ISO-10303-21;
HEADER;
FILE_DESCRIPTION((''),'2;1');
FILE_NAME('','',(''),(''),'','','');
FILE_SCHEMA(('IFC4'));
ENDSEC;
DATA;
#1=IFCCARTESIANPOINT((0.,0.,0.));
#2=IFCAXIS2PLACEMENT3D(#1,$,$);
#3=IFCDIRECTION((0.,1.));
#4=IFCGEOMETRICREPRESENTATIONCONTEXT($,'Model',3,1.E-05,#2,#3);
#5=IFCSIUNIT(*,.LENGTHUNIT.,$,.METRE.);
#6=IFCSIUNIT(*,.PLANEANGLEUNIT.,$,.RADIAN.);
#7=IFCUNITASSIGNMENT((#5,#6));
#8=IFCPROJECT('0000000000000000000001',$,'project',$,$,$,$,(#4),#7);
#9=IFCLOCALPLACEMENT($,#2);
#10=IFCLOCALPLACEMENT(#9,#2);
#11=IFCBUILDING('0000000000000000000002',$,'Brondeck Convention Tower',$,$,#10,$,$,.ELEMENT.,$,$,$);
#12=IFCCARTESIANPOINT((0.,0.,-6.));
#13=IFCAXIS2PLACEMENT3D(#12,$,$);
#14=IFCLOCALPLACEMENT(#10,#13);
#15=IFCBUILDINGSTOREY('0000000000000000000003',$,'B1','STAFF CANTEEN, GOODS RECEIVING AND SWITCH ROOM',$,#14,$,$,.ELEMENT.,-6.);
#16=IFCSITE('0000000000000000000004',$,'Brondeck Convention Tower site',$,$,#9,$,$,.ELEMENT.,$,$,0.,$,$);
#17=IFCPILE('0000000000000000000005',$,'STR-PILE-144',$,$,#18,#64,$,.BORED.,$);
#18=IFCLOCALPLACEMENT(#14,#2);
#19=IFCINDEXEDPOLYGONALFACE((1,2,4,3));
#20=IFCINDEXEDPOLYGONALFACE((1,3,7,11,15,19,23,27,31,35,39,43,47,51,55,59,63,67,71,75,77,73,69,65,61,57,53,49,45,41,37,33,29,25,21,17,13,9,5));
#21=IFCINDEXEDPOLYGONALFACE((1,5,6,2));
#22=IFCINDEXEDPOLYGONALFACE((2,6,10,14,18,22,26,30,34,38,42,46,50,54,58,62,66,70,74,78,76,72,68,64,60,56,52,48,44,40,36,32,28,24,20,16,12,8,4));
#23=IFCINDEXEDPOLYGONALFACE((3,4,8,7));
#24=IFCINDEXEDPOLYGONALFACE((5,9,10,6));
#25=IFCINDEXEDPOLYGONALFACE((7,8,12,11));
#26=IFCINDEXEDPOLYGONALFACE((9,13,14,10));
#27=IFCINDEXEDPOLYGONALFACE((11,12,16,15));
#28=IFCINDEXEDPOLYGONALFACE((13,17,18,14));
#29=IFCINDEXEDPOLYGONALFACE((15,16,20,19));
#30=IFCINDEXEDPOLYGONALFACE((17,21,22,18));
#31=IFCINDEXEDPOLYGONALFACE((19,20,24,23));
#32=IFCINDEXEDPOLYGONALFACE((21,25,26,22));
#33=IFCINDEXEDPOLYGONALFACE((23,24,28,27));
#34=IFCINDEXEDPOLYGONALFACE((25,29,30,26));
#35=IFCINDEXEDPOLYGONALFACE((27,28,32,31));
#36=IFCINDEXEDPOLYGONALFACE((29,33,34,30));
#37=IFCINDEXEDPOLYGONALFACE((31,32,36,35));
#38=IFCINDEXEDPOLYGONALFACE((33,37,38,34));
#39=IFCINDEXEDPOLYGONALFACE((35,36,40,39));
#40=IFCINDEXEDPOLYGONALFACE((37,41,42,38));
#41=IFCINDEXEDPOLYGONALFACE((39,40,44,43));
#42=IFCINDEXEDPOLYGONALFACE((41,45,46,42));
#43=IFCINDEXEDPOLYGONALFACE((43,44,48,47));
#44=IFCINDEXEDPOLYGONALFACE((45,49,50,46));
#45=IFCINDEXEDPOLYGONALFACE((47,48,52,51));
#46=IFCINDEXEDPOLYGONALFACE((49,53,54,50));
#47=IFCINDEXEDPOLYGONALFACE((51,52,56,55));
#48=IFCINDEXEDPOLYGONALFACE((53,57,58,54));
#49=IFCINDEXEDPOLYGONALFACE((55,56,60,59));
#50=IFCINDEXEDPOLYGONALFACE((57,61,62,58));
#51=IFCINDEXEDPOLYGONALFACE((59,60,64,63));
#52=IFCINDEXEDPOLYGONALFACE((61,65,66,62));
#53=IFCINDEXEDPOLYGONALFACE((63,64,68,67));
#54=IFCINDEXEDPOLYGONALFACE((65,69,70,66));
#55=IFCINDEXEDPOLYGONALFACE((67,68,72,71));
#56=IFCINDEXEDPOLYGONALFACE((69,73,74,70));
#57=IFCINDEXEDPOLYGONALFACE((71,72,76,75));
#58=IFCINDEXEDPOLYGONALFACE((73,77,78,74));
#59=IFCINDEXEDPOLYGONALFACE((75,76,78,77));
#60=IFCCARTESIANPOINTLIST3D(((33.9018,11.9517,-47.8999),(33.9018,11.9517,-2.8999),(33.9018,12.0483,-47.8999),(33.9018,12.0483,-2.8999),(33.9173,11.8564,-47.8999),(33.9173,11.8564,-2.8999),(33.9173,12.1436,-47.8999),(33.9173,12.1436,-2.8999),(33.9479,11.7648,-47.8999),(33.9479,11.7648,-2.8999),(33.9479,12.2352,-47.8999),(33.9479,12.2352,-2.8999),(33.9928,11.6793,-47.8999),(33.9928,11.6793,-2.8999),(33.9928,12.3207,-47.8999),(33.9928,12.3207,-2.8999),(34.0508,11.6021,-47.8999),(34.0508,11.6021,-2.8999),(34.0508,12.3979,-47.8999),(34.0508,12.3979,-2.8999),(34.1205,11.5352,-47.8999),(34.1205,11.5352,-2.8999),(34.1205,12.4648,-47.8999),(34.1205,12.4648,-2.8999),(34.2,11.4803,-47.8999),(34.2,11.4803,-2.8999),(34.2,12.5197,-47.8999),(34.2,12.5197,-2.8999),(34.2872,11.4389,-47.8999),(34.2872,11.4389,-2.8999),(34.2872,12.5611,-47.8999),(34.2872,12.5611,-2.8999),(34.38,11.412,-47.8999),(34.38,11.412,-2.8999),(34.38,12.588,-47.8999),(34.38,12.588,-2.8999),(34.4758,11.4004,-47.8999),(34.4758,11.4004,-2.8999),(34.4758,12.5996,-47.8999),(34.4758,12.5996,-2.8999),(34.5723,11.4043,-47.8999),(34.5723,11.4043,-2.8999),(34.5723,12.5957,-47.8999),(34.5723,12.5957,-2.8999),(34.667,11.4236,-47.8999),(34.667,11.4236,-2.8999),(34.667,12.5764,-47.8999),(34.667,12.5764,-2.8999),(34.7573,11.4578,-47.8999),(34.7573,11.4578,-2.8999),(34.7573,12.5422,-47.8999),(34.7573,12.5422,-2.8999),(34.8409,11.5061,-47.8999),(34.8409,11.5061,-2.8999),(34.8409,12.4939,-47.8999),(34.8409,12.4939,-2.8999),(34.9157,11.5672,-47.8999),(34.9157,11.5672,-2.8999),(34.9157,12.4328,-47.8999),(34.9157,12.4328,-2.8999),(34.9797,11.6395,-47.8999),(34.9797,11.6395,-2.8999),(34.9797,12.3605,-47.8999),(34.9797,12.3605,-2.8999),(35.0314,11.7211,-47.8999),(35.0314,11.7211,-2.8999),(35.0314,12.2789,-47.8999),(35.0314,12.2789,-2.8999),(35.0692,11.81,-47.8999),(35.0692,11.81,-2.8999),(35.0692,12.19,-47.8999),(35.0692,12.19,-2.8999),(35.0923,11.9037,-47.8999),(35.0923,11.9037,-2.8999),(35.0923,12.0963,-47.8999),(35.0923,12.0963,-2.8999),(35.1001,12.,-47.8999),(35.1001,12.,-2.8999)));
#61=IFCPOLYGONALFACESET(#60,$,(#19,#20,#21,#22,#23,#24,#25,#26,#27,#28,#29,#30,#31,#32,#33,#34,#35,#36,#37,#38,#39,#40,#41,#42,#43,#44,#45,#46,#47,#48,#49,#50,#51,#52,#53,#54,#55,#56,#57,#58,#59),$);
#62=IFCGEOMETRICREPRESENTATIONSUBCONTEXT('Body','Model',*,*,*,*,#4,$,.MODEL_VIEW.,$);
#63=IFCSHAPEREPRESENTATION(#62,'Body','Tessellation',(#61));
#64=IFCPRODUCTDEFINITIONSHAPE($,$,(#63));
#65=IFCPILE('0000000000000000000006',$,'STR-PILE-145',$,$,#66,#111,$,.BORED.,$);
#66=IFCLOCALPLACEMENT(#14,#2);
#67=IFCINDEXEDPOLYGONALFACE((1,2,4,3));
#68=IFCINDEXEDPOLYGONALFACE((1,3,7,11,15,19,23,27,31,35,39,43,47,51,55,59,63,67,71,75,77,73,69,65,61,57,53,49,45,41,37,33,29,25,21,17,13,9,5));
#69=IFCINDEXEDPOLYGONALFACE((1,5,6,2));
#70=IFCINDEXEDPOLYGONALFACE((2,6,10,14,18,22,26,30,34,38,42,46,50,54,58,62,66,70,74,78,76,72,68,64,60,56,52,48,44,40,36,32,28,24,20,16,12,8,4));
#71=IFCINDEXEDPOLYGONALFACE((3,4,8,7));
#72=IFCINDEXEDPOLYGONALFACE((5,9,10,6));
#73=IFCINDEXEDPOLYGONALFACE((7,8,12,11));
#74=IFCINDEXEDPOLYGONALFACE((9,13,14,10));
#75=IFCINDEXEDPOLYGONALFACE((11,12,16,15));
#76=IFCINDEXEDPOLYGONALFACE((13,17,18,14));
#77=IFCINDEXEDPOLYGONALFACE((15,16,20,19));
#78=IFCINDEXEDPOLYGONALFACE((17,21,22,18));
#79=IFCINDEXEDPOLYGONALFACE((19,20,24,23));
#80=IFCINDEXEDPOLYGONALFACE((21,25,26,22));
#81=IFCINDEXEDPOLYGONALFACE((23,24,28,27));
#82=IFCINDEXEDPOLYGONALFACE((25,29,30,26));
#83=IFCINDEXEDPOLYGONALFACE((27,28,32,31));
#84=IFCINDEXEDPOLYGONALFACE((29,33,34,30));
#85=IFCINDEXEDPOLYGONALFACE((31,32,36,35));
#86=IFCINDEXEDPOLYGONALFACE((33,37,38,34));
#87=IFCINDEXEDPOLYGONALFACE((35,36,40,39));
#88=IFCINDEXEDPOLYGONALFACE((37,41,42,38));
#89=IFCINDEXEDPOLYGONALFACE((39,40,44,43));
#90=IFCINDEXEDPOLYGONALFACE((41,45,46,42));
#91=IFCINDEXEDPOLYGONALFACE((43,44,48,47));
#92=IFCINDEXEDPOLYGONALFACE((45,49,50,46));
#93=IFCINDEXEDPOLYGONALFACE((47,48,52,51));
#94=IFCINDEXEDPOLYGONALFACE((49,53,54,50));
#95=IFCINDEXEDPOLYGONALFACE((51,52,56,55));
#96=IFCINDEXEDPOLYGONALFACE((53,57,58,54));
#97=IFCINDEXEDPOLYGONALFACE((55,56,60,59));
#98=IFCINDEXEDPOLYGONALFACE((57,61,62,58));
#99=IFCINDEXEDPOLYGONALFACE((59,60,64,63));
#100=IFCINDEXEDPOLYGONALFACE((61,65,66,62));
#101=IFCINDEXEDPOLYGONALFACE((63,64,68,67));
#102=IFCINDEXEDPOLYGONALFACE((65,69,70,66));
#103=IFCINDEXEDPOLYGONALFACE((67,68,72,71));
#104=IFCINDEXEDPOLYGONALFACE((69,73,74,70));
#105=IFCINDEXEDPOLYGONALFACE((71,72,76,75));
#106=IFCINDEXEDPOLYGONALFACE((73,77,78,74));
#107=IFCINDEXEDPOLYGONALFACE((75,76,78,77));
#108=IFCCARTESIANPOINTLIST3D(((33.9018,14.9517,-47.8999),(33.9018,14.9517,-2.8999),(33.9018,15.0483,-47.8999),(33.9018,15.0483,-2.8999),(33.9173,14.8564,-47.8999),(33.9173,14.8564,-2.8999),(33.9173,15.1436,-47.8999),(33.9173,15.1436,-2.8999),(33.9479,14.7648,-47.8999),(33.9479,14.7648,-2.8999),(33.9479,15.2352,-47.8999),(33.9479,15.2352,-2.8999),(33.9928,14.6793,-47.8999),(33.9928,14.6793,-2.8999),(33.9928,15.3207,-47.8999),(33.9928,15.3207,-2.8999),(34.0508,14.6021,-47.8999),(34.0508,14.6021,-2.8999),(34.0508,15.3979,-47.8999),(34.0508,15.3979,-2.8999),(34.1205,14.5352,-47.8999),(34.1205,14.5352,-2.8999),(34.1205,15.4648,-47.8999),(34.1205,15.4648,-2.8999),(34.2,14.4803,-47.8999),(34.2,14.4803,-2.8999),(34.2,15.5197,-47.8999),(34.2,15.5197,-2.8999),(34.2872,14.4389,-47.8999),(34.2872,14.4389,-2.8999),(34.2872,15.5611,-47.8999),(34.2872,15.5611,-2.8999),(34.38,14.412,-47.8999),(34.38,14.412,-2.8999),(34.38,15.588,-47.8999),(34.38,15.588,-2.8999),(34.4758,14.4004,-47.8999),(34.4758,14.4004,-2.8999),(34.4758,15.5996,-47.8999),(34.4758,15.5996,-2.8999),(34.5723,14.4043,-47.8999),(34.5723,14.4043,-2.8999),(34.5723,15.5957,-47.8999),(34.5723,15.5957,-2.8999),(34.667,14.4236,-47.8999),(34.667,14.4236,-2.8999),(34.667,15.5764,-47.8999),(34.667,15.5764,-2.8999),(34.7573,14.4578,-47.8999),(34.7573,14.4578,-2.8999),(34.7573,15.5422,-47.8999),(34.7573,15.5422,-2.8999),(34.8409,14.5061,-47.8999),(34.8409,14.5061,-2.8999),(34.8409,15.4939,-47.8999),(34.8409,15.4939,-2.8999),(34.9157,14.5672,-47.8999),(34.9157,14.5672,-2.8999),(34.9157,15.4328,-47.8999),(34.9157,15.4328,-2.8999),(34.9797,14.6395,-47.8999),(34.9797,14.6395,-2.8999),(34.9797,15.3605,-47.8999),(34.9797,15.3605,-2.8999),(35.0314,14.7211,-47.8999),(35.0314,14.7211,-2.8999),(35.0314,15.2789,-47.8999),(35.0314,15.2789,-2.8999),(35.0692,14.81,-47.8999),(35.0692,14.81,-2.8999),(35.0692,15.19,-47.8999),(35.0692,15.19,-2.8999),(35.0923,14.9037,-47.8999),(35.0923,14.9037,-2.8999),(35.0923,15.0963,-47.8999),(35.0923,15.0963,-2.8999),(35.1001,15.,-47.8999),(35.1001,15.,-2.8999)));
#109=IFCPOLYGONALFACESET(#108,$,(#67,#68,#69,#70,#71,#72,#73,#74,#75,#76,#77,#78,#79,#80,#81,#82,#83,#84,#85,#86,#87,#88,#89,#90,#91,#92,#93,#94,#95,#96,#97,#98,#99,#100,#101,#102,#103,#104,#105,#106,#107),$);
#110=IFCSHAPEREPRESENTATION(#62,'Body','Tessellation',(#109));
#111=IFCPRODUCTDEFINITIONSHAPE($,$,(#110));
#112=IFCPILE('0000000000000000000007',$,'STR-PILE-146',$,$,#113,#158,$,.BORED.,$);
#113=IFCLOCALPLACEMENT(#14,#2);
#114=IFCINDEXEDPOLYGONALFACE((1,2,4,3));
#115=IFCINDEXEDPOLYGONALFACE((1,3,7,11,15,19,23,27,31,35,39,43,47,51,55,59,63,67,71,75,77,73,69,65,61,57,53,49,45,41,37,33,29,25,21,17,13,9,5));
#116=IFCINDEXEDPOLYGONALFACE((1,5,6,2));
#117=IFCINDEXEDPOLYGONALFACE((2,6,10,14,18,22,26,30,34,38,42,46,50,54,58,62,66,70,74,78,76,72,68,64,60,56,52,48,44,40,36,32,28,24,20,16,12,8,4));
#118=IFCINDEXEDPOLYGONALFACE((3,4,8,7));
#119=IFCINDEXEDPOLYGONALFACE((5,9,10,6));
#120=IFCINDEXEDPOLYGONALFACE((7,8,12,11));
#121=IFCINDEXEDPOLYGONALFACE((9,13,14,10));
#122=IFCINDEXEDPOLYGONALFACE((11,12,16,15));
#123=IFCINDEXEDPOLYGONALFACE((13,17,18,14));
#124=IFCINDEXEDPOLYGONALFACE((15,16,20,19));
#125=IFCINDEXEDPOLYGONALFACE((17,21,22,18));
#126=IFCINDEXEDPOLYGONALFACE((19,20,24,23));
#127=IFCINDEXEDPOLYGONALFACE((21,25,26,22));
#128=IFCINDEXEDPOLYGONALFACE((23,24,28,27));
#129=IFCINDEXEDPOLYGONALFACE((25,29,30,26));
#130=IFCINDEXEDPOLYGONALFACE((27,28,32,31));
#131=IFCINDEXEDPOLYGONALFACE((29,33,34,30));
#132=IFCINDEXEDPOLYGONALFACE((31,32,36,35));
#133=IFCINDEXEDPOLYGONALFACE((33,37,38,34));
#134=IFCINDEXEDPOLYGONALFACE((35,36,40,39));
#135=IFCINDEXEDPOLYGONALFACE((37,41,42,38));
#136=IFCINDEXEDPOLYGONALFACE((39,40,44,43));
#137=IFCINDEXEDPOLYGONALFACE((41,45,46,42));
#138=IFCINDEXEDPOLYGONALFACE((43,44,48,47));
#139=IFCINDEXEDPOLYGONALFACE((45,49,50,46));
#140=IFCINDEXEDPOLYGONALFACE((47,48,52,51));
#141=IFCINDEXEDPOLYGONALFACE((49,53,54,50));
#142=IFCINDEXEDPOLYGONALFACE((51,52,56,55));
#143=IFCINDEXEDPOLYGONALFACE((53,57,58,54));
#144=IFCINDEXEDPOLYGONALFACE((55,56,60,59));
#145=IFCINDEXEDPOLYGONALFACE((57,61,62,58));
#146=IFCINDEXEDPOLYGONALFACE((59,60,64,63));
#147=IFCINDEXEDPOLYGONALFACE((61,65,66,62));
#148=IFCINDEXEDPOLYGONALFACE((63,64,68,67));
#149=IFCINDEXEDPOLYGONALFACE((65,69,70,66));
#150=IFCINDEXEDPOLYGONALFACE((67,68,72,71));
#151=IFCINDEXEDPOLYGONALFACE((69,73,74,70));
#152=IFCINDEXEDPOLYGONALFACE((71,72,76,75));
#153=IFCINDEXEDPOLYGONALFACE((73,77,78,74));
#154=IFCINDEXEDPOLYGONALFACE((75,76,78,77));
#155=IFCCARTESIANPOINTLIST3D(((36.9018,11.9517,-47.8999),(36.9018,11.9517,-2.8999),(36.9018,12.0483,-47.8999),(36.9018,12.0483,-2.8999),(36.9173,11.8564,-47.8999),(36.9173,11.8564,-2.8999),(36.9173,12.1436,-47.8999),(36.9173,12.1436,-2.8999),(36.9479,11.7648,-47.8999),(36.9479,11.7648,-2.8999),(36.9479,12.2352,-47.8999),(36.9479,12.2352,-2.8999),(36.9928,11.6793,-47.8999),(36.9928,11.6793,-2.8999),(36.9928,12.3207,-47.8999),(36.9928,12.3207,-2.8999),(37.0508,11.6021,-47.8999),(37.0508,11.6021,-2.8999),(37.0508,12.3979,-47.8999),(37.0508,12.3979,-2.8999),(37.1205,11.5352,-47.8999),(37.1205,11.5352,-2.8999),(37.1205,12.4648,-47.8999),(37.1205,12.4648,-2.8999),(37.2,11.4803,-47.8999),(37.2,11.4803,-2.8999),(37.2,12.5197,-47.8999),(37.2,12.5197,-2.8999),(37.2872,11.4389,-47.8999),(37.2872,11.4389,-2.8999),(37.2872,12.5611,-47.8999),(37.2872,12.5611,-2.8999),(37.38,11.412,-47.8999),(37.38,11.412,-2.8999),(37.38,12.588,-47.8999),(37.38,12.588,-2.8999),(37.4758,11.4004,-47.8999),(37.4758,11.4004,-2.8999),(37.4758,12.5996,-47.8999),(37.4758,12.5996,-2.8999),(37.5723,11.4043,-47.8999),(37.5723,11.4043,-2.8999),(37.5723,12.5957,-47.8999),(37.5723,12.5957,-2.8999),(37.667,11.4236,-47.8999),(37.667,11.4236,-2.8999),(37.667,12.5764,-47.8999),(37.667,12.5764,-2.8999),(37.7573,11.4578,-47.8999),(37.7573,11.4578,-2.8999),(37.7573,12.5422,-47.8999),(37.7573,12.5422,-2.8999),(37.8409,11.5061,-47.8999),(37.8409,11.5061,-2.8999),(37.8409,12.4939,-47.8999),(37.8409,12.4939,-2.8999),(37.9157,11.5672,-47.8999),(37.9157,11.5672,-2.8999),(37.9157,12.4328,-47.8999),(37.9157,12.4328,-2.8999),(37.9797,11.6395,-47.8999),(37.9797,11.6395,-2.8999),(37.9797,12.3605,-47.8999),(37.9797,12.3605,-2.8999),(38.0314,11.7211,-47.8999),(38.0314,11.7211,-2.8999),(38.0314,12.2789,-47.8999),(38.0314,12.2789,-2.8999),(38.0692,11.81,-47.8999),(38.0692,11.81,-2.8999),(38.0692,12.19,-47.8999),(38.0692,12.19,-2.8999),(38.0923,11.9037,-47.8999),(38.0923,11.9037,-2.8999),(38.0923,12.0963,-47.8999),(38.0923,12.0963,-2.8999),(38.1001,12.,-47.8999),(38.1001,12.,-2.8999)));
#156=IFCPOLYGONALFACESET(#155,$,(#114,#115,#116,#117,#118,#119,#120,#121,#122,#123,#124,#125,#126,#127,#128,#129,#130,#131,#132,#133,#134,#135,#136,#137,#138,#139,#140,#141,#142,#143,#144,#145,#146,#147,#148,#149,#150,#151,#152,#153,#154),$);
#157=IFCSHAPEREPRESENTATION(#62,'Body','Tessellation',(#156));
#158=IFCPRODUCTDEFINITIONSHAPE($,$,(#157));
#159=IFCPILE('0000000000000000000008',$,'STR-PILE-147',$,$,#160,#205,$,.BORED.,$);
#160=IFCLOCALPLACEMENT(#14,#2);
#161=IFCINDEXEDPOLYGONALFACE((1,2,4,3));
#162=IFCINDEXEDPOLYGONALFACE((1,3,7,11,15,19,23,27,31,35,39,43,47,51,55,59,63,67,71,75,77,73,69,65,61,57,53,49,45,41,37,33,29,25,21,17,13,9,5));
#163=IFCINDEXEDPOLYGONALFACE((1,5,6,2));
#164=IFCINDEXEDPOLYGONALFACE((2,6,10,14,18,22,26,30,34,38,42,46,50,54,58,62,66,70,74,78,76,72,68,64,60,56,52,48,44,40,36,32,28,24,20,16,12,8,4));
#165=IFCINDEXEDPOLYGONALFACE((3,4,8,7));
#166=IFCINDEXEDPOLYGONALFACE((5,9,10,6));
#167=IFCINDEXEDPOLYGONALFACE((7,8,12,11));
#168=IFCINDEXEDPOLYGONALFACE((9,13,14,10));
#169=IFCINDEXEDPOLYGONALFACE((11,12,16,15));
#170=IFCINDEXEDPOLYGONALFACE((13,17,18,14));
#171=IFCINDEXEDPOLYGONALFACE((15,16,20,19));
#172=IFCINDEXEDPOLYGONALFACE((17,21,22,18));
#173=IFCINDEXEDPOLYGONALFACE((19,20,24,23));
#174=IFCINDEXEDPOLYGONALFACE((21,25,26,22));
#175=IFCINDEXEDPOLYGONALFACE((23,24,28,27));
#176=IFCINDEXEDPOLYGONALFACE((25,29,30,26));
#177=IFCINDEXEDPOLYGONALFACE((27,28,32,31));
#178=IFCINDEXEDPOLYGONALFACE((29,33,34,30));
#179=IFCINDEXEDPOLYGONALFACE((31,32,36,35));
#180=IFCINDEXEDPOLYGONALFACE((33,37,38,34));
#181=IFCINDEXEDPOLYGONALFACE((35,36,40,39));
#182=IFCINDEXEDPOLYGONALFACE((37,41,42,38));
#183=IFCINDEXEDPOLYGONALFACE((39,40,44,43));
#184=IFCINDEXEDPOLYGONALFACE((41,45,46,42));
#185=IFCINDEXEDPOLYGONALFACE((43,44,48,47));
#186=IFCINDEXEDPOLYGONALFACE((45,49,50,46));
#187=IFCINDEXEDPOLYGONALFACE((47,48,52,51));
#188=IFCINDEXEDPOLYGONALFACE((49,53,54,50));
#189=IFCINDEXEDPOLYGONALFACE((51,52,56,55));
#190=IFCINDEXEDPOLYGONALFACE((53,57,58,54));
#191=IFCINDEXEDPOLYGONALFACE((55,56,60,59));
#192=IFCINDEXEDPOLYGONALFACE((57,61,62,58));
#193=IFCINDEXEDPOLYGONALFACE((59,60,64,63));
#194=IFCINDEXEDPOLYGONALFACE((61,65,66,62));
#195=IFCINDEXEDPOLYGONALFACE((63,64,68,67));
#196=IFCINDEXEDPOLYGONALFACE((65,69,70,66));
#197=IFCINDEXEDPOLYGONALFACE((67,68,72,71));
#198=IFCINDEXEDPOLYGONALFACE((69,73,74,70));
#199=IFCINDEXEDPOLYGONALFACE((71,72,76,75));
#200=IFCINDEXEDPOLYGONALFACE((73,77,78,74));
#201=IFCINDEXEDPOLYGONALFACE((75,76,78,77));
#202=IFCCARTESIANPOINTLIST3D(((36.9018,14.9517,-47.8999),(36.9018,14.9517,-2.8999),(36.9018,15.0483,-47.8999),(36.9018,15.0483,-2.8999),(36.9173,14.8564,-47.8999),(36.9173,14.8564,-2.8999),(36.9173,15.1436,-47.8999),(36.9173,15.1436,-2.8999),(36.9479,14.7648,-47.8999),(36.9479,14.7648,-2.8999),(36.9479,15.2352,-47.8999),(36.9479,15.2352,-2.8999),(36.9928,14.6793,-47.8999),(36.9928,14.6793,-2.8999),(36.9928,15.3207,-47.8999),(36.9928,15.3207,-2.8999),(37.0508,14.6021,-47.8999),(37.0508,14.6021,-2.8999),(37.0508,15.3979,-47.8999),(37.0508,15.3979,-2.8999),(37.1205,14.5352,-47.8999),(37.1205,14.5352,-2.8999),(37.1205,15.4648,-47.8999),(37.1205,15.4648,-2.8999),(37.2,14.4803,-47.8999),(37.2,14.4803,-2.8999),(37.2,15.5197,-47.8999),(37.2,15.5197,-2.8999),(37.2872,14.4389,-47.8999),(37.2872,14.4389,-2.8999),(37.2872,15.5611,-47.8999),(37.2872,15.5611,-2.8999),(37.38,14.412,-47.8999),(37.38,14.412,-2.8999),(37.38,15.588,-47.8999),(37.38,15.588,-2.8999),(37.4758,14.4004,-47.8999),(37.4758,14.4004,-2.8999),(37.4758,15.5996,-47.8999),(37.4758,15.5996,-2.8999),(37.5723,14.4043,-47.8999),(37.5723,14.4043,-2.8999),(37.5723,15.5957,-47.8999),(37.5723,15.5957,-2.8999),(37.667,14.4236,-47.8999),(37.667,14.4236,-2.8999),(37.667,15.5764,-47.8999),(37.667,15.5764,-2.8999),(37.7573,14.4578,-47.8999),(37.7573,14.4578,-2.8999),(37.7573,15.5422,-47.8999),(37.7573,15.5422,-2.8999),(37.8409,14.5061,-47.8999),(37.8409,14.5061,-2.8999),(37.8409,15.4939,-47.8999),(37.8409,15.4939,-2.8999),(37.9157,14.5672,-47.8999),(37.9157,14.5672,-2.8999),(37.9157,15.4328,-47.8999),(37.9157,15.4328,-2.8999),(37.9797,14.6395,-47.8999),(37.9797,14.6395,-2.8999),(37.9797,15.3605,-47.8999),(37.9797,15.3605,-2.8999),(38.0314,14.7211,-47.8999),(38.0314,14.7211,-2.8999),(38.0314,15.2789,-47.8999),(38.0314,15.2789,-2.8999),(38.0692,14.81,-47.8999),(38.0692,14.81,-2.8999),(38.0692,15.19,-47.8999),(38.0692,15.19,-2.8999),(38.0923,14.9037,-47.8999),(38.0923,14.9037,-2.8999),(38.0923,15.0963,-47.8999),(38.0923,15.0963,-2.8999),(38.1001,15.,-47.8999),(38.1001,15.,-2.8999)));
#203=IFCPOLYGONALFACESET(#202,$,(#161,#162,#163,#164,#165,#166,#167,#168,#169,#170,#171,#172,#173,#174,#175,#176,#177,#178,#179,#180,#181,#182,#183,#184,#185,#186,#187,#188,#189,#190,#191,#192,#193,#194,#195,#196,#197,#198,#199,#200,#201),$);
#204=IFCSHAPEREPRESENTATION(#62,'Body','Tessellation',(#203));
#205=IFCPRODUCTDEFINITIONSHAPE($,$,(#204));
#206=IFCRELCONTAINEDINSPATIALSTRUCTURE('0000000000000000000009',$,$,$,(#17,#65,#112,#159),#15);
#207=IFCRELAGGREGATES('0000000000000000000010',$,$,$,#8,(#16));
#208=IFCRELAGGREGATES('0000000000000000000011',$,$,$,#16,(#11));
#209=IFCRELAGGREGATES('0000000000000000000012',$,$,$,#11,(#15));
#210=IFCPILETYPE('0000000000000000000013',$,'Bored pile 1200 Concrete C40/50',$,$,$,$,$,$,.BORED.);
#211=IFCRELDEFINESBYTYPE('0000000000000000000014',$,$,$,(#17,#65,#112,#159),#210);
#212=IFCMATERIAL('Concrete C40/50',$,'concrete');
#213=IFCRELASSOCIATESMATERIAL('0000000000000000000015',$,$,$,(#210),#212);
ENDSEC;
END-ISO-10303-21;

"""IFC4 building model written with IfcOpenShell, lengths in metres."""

from ifc_helpers import new_model, si_unit, direction, frame, origin, origin_2d, place, context, subcontext, project, spatial, circle, extrude, material, material_profile, profile_set, type_object, element, save


model = new_model("IFC4")

# Units and contexts
model_context = context("Model", 3, precision=1e-05, world=origin(), true_north=direction((0.0, 1.0)))
body_context = subcontext(model_context, "Body", "Model", "MODEL_VIEW")
ifc_project = project(units=[si_unit("LENGTHUNIT", "METRE"), si_unit("PLANEANGLEUNIT", "RADIAN")], contexts=[model_context])

# Site, building, storey
site_placement = place(None, origin())
site = spatial("IfcSite", under=ifc_project, at=site_placement, Name="Brondeck Convention Tower site", CompositionType="ELEMENT", RefElevation=0.0)
building_placement = place(site_placement, origin())
building = spatial("IfcBuilding", under=site, at=building_placement, Name="Brondeck Convention Tower", CompositionType="ELEMENT")
storey_placement = place(building_placement, frame((0.0, 0.0, -6.0)))
storey = spatial("IfcBuildingStorey", under=building, at=storey_placement, Name="B1", Description="STAFF CANTEEN, GOODS RECEIVING AND SWITCH ROOM", CompositionType="ELEMENT", Elevation=-6.0)

# Piles
ifc_material_1 = material(Name="Concrete C40/50", Category="concrete")
ifc_material_profile_1 = material_profile(ifc_material_1, circle(Radius=0.6001, at=origin_2d()), Name="Bored pile 1200 Concrete C40/50")
ifc_profile_set_1 = profile_set([ifc_material_profile_1], Name="Concrete C40/50")
pile_type = type_object("IfcPileType", Name="Bored pile 1200 Concrete C40/50", PredefinedType="BORED", material=ifc_profile_set_1)
for number, where, z_axis, x_axis, name in (
    (1, (34.5, 12.0, -2.8999), (0.0, 0.0, -1.0), (1.0, 0.0, 0.0), "STR-PILE-144"),
    (2, (34.5, 15.0, -2.8999), (0.0, 0.0, -1.0), (1.0, 0.0, 0.0), "STR-PILE-145"),
    (3, (37.5, 12.0, -2.8999), (0.0, 0.0, -1.0), (1.0, 0.0, 0.0), "STR-PILE-146"),
    (4, (37.5, 15.0, -2.8999), (0.0, 0.0, -1.0), (1.0, 0.0, 0.0), "STR-PILE-147"),
):
    element("IfcPile", number, at=place(storey_placement, frame(where, z_axis=z_axis, x_axis=x_axis)), inside=storey, type_object=pile_type, Name=name, PredefinedType="BORED", context=body_context, shape_type="SweptSolid", body=[
        extrude(circle(Radius=0.6001, at=origin_2d()), origin(), (0.0, 0.0, 1.0), 45.0),
    ])

save(model, "model.ifc")
